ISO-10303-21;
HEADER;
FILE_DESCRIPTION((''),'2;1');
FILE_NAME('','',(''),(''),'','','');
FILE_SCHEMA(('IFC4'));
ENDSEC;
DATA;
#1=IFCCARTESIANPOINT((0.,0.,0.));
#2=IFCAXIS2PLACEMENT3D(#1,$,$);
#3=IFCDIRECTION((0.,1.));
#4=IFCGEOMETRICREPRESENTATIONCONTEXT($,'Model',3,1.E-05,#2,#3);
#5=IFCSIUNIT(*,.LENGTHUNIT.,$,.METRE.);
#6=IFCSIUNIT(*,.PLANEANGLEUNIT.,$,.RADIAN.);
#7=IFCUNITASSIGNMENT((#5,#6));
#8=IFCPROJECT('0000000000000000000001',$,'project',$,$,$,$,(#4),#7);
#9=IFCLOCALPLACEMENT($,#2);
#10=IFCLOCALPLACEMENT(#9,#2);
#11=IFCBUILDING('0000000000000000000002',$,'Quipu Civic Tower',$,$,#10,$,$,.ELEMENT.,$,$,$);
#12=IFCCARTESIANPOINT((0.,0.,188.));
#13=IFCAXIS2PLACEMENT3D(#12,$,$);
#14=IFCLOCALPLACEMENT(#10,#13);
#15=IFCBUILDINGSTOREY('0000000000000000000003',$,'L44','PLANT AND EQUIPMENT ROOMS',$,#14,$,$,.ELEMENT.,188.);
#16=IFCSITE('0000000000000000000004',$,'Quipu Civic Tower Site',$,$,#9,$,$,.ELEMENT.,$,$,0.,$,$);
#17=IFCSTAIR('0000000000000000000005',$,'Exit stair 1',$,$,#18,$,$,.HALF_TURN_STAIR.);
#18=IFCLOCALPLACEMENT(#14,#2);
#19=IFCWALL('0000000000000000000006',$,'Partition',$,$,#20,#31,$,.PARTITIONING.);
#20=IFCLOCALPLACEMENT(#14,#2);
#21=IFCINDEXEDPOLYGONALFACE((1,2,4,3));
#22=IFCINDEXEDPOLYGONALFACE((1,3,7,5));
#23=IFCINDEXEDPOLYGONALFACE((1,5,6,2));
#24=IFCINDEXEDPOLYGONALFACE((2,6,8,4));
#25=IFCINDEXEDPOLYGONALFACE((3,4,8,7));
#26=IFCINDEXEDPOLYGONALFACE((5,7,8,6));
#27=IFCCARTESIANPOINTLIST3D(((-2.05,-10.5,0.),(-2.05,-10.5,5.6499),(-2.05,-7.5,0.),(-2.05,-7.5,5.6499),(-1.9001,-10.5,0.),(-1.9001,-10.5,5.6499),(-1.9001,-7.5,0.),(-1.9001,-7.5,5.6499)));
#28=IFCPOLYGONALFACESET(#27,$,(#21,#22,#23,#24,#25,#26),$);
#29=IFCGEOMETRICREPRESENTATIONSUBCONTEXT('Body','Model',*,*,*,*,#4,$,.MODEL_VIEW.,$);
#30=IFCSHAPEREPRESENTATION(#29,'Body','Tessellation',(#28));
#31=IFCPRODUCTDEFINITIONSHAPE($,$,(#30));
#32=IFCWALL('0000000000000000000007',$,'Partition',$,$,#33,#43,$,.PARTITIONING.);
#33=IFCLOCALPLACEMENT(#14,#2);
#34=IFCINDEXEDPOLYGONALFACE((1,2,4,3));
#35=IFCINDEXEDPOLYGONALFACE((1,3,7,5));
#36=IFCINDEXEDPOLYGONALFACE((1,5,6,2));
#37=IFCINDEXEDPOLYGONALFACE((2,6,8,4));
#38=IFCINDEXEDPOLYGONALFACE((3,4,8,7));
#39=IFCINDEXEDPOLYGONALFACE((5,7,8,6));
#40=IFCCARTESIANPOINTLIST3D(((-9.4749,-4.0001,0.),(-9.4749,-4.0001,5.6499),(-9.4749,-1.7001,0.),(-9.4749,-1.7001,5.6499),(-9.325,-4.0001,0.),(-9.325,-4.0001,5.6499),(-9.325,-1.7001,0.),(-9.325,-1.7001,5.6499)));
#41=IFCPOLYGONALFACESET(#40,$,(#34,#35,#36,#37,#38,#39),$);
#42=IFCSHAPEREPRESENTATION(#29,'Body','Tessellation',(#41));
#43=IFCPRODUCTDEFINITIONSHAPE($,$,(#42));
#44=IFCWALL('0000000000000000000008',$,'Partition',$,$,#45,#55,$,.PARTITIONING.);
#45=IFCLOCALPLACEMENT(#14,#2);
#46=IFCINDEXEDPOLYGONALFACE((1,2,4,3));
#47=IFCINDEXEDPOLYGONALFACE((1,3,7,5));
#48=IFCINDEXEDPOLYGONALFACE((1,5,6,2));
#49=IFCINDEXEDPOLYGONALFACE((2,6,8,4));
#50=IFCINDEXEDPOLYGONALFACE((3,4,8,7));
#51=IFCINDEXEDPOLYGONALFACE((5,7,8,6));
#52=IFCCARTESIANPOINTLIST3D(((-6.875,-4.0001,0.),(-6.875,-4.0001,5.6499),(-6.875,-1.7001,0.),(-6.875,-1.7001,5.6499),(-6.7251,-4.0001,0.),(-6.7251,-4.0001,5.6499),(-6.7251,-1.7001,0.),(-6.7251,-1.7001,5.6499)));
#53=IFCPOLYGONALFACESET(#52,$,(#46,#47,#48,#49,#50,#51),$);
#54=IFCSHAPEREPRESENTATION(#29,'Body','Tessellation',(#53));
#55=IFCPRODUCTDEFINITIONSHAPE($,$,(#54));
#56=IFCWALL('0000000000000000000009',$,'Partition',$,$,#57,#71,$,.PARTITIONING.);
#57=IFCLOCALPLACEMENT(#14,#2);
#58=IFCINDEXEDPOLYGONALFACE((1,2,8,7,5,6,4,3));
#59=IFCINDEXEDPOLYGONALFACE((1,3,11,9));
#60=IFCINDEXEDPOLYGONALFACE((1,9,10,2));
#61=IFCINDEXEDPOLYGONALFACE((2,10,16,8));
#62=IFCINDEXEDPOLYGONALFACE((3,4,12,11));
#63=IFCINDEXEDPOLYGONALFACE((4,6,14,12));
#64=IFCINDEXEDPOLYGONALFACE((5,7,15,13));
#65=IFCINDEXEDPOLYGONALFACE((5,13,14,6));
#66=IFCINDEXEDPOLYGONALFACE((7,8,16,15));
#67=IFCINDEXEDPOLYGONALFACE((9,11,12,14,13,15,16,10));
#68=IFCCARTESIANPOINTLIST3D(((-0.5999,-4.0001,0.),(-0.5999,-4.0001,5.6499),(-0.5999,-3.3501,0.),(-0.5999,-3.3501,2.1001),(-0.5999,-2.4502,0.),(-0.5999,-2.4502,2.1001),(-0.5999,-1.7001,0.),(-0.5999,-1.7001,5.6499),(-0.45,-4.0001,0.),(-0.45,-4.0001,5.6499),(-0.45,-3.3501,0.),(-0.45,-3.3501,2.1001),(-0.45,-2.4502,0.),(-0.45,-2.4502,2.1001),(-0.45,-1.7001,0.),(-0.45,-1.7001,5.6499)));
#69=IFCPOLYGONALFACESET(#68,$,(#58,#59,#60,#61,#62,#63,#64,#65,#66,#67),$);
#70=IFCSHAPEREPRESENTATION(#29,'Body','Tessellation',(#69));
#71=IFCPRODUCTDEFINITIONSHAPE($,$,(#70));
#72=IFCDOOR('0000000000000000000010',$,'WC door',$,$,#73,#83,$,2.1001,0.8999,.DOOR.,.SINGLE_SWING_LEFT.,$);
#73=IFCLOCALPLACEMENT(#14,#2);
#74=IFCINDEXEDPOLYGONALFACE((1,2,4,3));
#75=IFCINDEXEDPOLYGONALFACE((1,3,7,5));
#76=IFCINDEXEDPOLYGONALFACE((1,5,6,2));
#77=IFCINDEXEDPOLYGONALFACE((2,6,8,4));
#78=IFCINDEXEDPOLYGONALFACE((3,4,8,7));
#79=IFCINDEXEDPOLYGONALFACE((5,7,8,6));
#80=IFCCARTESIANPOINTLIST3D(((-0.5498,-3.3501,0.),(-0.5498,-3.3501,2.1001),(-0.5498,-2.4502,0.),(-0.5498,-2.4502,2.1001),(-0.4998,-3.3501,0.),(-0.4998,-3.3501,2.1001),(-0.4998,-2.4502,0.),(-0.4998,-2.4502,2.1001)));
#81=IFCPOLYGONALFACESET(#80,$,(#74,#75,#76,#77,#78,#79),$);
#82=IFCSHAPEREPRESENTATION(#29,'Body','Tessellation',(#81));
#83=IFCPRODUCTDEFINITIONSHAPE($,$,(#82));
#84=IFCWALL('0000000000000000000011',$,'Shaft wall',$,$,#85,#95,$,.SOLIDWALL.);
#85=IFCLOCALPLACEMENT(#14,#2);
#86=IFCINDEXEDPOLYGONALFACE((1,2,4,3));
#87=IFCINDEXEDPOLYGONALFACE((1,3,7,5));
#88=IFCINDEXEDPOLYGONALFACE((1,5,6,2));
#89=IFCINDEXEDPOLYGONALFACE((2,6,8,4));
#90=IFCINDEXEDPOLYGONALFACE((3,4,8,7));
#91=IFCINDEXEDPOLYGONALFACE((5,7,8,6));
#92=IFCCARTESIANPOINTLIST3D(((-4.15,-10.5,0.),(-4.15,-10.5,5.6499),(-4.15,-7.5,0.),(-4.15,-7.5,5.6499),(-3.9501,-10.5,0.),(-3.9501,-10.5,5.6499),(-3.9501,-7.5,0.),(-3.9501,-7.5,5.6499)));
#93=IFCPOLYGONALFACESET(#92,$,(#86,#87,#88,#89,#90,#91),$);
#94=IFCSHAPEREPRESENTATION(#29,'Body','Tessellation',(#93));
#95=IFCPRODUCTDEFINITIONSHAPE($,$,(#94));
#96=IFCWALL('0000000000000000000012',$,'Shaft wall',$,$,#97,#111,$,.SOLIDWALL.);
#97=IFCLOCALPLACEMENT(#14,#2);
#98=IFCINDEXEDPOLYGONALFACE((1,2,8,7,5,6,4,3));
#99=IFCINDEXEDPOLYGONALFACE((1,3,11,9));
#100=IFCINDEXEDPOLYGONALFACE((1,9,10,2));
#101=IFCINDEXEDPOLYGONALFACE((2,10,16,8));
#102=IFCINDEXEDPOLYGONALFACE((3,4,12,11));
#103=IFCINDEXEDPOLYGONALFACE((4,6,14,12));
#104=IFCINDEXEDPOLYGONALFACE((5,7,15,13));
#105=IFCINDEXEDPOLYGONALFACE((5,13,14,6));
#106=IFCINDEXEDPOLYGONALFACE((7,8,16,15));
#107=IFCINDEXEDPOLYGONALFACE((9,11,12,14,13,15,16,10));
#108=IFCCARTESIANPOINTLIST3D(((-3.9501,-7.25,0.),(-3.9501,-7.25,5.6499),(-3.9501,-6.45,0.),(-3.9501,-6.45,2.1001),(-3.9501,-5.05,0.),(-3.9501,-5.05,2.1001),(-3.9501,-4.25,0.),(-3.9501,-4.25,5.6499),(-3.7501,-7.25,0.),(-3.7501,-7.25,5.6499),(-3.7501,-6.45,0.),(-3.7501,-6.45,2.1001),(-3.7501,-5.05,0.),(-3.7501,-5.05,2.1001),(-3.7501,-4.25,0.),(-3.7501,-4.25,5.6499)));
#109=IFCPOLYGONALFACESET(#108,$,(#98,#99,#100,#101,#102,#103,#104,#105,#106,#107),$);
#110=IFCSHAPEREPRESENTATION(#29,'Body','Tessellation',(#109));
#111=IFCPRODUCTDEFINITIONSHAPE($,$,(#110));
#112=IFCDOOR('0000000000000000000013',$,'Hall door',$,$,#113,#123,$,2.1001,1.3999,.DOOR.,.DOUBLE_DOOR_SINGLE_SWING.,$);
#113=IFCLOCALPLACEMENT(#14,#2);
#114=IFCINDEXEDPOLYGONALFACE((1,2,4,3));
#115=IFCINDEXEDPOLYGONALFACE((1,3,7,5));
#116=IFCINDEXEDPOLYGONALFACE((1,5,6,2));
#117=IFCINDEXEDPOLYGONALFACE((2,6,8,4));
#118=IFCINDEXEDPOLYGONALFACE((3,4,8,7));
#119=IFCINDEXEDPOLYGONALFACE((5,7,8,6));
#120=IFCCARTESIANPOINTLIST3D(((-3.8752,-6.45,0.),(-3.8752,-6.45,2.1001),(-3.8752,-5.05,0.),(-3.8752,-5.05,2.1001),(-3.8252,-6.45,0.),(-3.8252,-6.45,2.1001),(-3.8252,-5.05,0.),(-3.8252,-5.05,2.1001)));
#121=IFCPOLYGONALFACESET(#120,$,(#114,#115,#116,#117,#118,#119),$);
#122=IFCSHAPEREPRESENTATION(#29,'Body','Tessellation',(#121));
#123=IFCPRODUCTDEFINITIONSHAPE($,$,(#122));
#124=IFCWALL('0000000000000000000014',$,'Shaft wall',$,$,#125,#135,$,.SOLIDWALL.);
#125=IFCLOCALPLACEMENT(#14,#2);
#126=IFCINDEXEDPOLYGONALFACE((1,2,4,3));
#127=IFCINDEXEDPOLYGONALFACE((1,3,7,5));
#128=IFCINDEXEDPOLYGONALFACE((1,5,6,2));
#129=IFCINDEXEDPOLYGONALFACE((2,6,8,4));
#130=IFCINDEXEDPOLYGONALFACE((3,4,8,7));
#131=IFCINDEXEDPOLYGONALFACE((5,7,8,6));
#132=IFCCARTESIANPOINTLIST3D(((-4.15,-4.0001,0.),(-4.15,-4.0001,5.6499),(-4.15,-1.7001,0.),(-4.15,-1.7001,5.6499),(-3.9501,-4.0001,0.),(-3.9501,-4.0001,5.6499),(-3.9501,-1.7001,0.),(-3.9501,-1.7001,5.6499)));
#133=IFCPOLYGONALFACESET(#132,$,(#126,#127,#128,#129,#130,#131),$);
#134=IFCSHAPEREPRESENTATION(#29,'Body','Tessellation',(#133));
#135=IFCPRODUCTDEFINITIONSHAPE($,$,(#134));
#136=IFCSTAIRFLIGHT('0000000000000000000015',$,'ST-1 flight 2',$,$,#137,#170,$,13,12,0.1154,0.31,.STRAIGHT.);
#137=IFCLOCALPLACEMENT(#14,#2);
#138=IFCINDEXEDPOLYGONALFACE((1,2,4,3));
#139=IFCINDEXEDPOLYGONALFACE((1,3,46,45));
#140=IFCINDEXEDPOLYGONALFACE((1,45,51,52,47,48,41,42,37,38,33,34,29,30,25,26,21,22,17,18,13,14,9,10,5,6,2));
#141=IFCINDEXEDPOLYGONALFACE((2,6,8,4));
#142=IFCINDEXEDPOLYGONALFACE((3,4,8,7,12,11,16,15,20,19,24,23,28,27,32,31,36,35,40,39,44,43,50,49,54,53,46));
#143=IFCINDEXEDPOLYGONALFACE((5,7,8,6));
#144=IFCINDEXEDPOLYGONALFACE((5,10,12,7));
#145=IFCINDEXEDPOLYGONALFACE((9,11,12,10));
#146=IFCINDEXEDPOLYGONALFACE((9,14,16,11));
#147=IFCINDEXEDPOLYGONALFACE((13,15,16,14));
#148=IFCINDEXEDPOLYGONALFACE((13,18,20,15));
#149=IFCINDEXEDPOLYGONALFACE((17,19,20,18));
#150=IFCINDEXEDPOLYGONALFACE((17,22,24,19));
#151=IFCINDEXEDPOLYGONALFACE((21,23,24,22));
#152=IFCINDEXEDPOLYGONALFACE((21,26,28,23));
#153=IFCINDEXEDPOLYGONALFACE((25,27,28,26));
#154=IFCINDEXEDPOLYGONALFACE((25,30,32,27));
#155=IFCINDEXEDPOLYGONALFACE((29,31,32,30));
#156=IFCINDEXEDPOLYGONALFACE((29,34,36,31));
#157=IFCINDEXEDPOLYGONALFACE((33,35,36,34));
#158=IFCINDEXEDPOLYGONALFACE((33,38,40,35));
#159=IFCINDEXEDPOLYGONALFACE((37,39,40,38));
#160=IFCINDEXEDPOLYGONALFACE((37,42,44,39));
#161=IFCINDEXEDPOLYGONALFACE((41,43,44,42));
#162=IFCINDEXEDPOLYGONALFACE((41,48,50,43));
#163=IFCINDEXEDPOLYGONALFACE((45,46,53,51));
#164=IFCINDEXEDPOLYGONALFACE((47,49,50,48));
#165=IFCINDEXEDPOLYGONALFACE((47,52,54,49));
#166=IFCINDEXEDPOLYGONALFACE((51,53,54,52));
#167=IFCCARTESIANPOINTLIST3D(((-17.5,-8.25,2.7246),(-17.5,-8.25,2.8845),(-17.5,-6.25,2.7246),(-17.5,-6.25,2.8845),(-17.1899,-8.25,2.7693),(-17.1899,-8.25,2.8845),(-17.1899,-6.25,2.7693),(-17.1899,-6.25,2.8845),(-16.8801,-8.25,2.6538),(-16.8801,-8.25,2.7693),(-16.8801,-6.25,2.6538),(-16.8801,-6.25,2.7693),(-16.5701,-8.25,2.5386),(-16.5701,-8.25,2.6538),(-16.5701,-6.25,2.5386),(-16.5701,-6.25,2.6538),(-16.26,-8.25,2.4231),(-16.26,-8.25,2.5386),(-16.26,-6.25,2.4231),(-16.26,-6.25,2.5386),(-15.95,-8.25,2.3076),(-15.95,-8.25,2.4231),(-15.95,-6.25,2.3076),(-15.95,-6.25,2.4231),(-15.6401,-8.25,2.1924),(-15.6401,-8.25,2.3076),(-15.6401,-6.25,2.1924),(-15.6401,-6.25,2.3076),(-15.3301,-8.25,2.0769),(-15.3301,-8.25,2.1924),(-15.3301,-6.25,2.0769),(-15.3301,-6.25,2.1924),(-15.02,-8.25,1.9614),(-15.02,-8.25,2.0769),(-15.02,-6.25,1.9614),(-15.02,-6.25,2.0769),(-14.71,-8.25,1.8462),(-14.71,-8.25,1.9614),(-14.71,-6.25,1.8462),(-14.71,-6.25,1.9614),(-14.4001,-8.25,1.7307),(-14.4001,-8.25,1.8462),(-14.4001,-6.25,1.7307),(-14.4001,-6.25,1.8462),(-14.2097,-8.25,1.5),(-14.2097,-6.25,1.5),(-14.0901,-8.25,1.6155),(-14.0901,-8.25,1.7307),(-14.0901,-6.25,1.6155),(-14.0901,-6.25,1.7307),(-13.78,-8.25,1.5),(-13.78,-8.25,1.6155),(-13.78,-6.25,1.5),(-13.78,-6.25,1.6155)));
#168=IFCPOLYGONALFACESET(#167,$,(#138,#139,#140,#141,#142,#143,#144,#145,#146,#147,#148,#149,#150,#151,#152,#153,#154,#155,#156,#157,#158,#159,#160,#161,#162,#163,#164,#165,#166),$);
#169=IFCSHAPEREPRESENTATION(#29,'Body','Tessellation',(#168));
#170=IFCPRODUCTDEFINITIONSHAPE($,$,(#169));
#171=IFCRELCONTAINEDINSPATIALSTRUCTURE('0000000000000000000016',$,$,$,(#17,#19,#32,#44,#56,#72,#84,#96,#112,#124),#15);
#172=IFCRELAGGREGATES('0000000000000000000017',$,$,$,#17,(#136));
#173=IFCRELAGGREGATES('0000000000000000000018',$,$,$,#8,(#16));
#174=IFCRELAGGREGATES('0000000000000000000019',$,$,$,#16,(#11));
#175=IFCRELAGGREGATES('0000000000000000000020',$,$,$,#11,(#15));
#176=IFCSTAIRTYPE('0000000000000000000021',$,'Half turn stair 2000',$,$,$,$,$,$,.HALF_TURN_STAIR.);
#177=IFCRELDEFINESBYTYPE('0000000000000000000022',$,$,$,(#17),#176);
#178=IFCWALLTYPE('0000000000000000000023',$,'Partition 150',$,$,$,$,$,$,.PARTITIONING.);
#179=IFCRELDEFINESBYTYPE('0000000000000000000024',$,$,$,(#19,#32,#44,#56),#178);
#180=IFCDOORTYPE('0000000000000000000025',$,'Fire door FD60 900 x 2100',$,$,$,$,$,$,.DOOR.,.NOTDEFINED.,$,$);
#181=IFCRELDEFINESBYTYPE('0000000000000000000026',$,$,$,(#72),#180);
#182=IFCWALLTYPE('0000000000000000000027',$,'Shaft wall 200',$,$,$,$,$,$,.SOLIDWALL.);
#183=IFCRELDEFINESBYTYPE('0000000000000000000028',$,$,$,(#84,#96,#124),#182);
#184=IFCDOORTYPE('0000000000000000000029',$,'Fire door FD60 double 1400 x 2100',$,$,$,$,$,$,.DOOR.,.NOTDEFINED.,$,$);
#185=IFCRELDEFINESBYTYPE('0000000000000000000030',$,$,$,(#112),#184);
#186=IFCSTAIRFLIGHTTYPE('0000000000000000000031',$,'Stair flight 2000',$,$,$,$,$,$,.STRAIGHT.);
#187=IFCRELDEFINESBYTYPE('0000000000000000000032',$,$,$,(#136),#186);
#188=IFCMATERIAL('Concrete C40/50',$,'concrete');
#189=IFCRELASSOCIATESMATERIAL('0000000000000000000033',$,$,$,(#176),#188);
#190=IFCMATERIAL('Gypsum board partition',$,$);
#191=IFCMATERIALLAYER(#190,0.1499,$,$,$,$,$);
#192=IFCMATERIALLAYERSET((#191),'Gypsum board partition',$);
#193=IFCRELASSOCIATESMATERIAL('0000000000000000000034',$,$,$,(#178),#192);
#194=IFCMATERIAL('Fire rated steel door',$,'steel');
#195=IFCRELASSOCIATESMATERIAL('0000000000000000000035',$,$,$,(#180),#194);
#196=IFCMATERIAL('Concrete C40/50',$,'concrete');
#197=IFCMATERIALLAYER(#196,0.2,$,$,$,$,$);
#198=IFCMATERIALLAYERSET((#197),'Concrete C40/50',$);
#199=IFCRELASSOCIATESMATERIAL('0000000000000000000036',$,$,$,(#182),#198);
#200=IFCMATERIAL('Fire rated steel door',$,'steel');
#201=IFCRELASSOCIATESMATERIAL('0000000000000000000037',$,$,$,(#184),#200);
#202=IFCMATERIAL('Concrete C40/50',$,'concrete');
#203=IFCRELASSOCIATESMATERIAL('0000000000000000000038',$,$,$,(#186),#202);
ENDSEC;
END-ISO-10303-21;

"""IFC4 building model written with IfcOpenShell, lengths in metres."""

from ifc_helpers import new_model, si_unit, direction, frame, frame_2d, origin, place, context, subcontext, project, spatial, polyline, rectangle, outline, extrude, material, layer, layer_set, type_object, element, fill, aggregate, save


model = new_model("IFC4")

# Units and contexts
model_context = context("Model", 3, precision=1e-05, world=origin(), true_north=direction((0.0, 1.0)))
body_context = subcontext(model_context, "Body", "Model", "MODEL_VIEW")
ifc_project = project(units=[si_unit("LENGTHUNIT", "METRE"), si_unit("PLANEANGLEUNIT", "RADIAN")], contexts=[model_context])

# Site, building, storey
site_placement = place(None, origin())
site = spatial("IfcSite", under=ifc_project, at=site_placement, Name="Quipu Civic Tower Site", CompositionType="ELEMENT", RefElevation=0.0)
building_placement = place(site_placement, origin())
building = spatial("IfcBuilding", under=site, at=building_placement, Name="Quipu Civic Tower", CompositionType="ELEMENT")
storey_placement = place(building_placement, frame((0.0, 0.0, 188.0)))
storey = spatial("IfcBuildingStorey", under=building, at=storey_placement, Name="L44", Description="PLANT AND EQUIPMENT ROOMS", CompositionType="ELEMENT", Elevation=188.0)

# Stair
ifc_material_1 = material(Name="Concrete C40/50", Category="concrete")
stair_type = type_object("IfcStairType", Name="Half turn stair 2000", PredefinedType="HALF_TURN_STAIR", material=ifc_material_1)
stair_placement = place(storey_placement, origin())
stair = element("IfcStair", 1, at=stair_placement, inside=storey, type_object=stair_type, Name="Exit stair 1", PredefinedType="HALF_TURN_STAIR")

# Walls
ifc_material_2 = material(Name="Gypsum board partition")
ifc_layer_1 = layer(ifc_material_2, 0.1499)
ifc_layer_set_1 = layer_set([ifc_layer_1], Name="Gypsum board partition")
wall_type_1 = type_object("IfcWallType", Name="Partition 150", PredefinedType="PARTITIONING", material=ifc_layer_set_1)
for number, where, z_axis, x_axis, name in (
    (2, (-1.9751, -10.5, 0.0), (0.0, 0.0, 1.0), (0.0, 1.0, 0.0), "Partition"),
):
    element("IfcWall", number, at=place(storey_placement, frame(where, z_axis=z_axis, x_axis=x_axis)), inside=storey, type_object=wall_type_1, Name=name, PredefinedType="PARTITIONING", context=body_context, shape_type="SweptSolid", body=[
        extrude(rectangle(XDim=3.0, YDim=0.1499, at=frame_2d((1.5, 0.0))), origin(), (0.0, 0.0, 1.0), 5.6499),
    ])
for number, where, z_axis, x_axis, name in (
    (3, (-9.3999, -4.0, 0.0), (0.0, 0.0, 1.0), (0.0, 1.0, 0.0), "Partition"),
    (4, (-6.8, -4.0, 0.0), (0.0, 0.0, 1.0), (0.0, 1.0, 0.0), "Partition"),
):
    element("IfcWall", number, at=place(storey_placement, frame(where, z_axis=z_axis, x_axis=x_axis)), inside=storey, type_object=wall_type_1, Name=name, PredefinedType="PARTITIONING", context=body_context, shape_type="SweptSolid", body=[
        extrude(rectangle(XDim=2.3, YDim=0.1499, at=frame_2d((1.1499, 0.0))), origin(), (0.0, 0.0, 1.0), 5.6499),
    ])

# Wall, opening, door
wall_1_placement = place(storey_placement, frame((-0.5249, -4.0, 0.0), z_axis=(0.0, 0.0, 1.0), x_axis=(0.0, 1.0, 0.0)))
wall_1 = element("IfcWall", 5, at=wall_1_placement, inside=storey, type_object=wall_type_1, Name="Partition", PredefinedType="PARTITIONING", context=body_context, shape_type="SweptSolid", body=[
    extrude(rectangle(XDim=2.3, YDim=0.1499, at=frame_2d((1.1499, 0.0))), origin(), (0.0, 0.0, 1.0), 5.6499),
])
opening_1_placement = place(wall_1_placement, frame((0.6499, 0.0, 0.0)))
opening_1 = element("IfcOpeningElement", 6, at=opening_1_placement, cuts=wall_1, PredefinedType="OPENING", context=body_context, shape_type="SweptSolid", body=[
    extrude(rectangle(XDim=0.8999, YDim=2.1001, at=frame_2d((0.45, 1.05))), frame((0.0, 0.085, 0.0), z_axis=(0.0, -1.0, 0.0), x_axis=(1.0, 0.0, 0.0)), (0.0, 0.0, 1.0), 0.1699),
])
ifc_material_3 = material(Name="Fire rated steel door", Category="steel")
door_type_1 = type_object("IfcDoorType", Name="Fire door FD60 900 x 2100", OperationType="NOTDEFINED", PredefinedType="DOOR", material=ifc_material_3)
door_1_placement = place(opening_1_placement, origin())
door_1 = element("IfcDoor", 7, at=door_1_placement, inside=storey, type_object=door_type_1, Name="WC door", OperationType="SINGLE_SWING_LEFT", OverallHeight=2.1001, OverallWidth=0.8999, PredefinedType="DOOR", context=body_context, shape_type="SweptSolid", body=[
    extrude(rectangle(XDim=0.8999, YDim=2.1001, at=frame_2d((0.45, 1.05))), frame((0.0, 0.0249, 0.0), z_axis=(0.0, -1.0, 0.0), x_axis=(1.0, 0.0, 0.0)), (0.0, 0.0, 1.0), 0.05),
])
fill(opening_1, door_1)

# Wall
ifc_material_4 = material(Name="Concrete C40/50", Category="concrete")
ifc_layer_2 = layer(ifc_material_4, 0.2)
ifc_layer_set_2 = layer_set([ifc_layer_2], Name="Concrete C40/50")
wall_type_2 = type_object("IfcWallType", Name="Shaft wall 200", PredefinedType="SOLIDWALL", material=ifc_layer_set_2)
wall_2_placement = place(storey_placement, frame((-4.05, -10.5, 0.0), z_axis=(0.0, 0.0, 1.0), x_axis=(0.0, 1.0, 0.0)))
element("IfcWall", 8, at=wall_2_placement, inside=storey, type_object=wall_type_2, Name="Shaft wall", PredefinedType="SOLIDWALL", context=body_context, shape_type="SweptSolid", body=[
    extrude(rectangle(XDim=3.0, YDim=0.2, at=frame_2d((1.5, 0.0))), origin(), (0.0, 0.0, 1.0), 5.6499),
])

# Wall, opening, door
wall_3_placement = place(storey_placement, frame((-3.8501, -4.25, 0.0), z_axis=(0.0, 0.0, 1.0), x_axis=(0.0, -1.0, 0.0)))
wall_3 = element("IfcWall", 9, at=wall_3_placement, inside=storey, type_object=wall_type_2, Name="Shaft wall", PredefinedType="SOLIDWALL", context=body_context, shape_type="SweptSolid", body=[
    extrude(rectangle(XDim=3.0, YDim=0.2, at=frame_2d((1.5, 0.0))), origin(), (0.0, 0.0, 1.0), 5.6499),
])
opening_2_placement = place(wall_3_placement, frame((0.8, 0.0, 0.0)))
opening_2 = element("IfcOpeningElement", 10, at=opening_2_placement, cuts=wall_3, PredefinedType="OPENING", context=body_context, shape_type="SweptSolid", body=[
    extrude(rectangle(XDim=1.3999, YDim=2.1001, at=frame_2d((0.7, 1.05))), frame((0.0, 0.1099, 0.0), z_axis=(0.0, -1.0, 0.0), x_axis=(1.0, 0.0, 0.0)), (0.0, 0.0, 1.0), 0.22),
])
ifc_material_5 = material(Name="Fire rated steel door", Category="steel")
door_type_2 = type_object("IfcDoorType", Name="Fire door FD60 double 1400 x 2100", OperationType="NOTDEFINED", PredefinedType="DOOR", material=ifc_material_5)
door_2_placement = place(opening_2_placement, origin())
door_2 = element("IfcDoor", 11, at=door_2_placement, inside=storey, type_object=door_type_2, Name="Hall door", OperationType="DOUBLE_DOOR_SINGLE_SWING", OverallHeight=2.1001, OverallWidth=1.3999, PredefinedType="DOOR", context=body_context, shape_type="SweptSolid", body=[
    extrude(rectangle(XDim=1.3999, YDim=2.1001, at=frame_2d((0.7, 1.05))), frame((0.0, 0.0249, 0.0), z_axis=(0.0, -1.0, 0.0), x_axis=(1.0, 0.0, 0.0)), (0.0, 0.0, 1.0), 0.05),
])
fill(opening_2, door_2)

# Wall
wall_4_placement = place(storey_placement, frame((-4.05, -4.0, 0.0), z_axis=(0.0, 0.0, 1.0), x_axis=(0.0, 1.0, 0.0)))
element("IfcWall", 12, at=wall_4_placement, inside=storey, type_object=wall_type_2, Name="Shaft wall", PredefinedType="SOLIDWALL", context=body_context, shape_type="SweptSolid", body=[
    extrude(rectangle(XDim=2.3, YDim=0.2, at=frame_2d((1.1499, 0.0))), origin(), (0.0, 0.0, 1.0), 5.6499),
])

# Stair flight
ifc_material_6 = material(Name="Concrete C40/50", Category="concrete")
stair_flight_type = type_object("IfcStairFlightType", Name="Stair flight 2000", PredefinedType="STRAIGHT", material=ifc_material_6)
stair_flight_1_placement = place(storey_placement, frame((-13.78, -7.25, 1.5), z_axis=(0.0, 0.0, 1.0), x_axis=(-1.0, 0.0, 0.0)))
stair_flight_1 = element("IfcStairFlight", 13, at=stair_flight_1_placement, type_object=stair_flight_type, Name="ST-1 flight 2", NumberOfRisers=13, NumberOfTreads=12, PredefinedType="STRAIGHT", RiserHeight=0.1154, TreadLength=0.31, context=body_context, shape_type="SweptSolid", body=[
    extrude(outline(polyline([(0.0, 0.0), (0.0, 0.1155), (0.3101, 0.1155), (0.3101, 0.2307), (0.6201, 0.2307), (0.6201, 0.3462), (0.9299, 0.3462), (0.9299, 0.4614), (1.24, 0.4614), (1.24, 0.5769), (1.55, 0.5769), (1.55, 0.6924), (1.8601, 0.6924), (1.8601, 0.8076), (2.1699, 0.8076), (2.1699, 0.9231), (2.48, 0.9231), (2.48, 1.0386), (2.79, 1.0386), (2.79, 1.1538), (3.1001, 1.1538), (3.1001, 1.2693), (3.4099, 1.2693), (3.4099, 1.3845), (3.72, 1.3845), (3.72, 1.5), (3.72, 1.2246), (0.4297, 0.0), (0.0, 0.0)])), frame((0.0, 1.0, 0.0), z_axis=(0.0, -1.0, 0.0), x_axis=(1.0, 0.0, 0.0)), (0.0, 0.0, 1.0), 2.0),
])
aggregate(stair, [stair_flight_1])

save(model, "model.ifc")
